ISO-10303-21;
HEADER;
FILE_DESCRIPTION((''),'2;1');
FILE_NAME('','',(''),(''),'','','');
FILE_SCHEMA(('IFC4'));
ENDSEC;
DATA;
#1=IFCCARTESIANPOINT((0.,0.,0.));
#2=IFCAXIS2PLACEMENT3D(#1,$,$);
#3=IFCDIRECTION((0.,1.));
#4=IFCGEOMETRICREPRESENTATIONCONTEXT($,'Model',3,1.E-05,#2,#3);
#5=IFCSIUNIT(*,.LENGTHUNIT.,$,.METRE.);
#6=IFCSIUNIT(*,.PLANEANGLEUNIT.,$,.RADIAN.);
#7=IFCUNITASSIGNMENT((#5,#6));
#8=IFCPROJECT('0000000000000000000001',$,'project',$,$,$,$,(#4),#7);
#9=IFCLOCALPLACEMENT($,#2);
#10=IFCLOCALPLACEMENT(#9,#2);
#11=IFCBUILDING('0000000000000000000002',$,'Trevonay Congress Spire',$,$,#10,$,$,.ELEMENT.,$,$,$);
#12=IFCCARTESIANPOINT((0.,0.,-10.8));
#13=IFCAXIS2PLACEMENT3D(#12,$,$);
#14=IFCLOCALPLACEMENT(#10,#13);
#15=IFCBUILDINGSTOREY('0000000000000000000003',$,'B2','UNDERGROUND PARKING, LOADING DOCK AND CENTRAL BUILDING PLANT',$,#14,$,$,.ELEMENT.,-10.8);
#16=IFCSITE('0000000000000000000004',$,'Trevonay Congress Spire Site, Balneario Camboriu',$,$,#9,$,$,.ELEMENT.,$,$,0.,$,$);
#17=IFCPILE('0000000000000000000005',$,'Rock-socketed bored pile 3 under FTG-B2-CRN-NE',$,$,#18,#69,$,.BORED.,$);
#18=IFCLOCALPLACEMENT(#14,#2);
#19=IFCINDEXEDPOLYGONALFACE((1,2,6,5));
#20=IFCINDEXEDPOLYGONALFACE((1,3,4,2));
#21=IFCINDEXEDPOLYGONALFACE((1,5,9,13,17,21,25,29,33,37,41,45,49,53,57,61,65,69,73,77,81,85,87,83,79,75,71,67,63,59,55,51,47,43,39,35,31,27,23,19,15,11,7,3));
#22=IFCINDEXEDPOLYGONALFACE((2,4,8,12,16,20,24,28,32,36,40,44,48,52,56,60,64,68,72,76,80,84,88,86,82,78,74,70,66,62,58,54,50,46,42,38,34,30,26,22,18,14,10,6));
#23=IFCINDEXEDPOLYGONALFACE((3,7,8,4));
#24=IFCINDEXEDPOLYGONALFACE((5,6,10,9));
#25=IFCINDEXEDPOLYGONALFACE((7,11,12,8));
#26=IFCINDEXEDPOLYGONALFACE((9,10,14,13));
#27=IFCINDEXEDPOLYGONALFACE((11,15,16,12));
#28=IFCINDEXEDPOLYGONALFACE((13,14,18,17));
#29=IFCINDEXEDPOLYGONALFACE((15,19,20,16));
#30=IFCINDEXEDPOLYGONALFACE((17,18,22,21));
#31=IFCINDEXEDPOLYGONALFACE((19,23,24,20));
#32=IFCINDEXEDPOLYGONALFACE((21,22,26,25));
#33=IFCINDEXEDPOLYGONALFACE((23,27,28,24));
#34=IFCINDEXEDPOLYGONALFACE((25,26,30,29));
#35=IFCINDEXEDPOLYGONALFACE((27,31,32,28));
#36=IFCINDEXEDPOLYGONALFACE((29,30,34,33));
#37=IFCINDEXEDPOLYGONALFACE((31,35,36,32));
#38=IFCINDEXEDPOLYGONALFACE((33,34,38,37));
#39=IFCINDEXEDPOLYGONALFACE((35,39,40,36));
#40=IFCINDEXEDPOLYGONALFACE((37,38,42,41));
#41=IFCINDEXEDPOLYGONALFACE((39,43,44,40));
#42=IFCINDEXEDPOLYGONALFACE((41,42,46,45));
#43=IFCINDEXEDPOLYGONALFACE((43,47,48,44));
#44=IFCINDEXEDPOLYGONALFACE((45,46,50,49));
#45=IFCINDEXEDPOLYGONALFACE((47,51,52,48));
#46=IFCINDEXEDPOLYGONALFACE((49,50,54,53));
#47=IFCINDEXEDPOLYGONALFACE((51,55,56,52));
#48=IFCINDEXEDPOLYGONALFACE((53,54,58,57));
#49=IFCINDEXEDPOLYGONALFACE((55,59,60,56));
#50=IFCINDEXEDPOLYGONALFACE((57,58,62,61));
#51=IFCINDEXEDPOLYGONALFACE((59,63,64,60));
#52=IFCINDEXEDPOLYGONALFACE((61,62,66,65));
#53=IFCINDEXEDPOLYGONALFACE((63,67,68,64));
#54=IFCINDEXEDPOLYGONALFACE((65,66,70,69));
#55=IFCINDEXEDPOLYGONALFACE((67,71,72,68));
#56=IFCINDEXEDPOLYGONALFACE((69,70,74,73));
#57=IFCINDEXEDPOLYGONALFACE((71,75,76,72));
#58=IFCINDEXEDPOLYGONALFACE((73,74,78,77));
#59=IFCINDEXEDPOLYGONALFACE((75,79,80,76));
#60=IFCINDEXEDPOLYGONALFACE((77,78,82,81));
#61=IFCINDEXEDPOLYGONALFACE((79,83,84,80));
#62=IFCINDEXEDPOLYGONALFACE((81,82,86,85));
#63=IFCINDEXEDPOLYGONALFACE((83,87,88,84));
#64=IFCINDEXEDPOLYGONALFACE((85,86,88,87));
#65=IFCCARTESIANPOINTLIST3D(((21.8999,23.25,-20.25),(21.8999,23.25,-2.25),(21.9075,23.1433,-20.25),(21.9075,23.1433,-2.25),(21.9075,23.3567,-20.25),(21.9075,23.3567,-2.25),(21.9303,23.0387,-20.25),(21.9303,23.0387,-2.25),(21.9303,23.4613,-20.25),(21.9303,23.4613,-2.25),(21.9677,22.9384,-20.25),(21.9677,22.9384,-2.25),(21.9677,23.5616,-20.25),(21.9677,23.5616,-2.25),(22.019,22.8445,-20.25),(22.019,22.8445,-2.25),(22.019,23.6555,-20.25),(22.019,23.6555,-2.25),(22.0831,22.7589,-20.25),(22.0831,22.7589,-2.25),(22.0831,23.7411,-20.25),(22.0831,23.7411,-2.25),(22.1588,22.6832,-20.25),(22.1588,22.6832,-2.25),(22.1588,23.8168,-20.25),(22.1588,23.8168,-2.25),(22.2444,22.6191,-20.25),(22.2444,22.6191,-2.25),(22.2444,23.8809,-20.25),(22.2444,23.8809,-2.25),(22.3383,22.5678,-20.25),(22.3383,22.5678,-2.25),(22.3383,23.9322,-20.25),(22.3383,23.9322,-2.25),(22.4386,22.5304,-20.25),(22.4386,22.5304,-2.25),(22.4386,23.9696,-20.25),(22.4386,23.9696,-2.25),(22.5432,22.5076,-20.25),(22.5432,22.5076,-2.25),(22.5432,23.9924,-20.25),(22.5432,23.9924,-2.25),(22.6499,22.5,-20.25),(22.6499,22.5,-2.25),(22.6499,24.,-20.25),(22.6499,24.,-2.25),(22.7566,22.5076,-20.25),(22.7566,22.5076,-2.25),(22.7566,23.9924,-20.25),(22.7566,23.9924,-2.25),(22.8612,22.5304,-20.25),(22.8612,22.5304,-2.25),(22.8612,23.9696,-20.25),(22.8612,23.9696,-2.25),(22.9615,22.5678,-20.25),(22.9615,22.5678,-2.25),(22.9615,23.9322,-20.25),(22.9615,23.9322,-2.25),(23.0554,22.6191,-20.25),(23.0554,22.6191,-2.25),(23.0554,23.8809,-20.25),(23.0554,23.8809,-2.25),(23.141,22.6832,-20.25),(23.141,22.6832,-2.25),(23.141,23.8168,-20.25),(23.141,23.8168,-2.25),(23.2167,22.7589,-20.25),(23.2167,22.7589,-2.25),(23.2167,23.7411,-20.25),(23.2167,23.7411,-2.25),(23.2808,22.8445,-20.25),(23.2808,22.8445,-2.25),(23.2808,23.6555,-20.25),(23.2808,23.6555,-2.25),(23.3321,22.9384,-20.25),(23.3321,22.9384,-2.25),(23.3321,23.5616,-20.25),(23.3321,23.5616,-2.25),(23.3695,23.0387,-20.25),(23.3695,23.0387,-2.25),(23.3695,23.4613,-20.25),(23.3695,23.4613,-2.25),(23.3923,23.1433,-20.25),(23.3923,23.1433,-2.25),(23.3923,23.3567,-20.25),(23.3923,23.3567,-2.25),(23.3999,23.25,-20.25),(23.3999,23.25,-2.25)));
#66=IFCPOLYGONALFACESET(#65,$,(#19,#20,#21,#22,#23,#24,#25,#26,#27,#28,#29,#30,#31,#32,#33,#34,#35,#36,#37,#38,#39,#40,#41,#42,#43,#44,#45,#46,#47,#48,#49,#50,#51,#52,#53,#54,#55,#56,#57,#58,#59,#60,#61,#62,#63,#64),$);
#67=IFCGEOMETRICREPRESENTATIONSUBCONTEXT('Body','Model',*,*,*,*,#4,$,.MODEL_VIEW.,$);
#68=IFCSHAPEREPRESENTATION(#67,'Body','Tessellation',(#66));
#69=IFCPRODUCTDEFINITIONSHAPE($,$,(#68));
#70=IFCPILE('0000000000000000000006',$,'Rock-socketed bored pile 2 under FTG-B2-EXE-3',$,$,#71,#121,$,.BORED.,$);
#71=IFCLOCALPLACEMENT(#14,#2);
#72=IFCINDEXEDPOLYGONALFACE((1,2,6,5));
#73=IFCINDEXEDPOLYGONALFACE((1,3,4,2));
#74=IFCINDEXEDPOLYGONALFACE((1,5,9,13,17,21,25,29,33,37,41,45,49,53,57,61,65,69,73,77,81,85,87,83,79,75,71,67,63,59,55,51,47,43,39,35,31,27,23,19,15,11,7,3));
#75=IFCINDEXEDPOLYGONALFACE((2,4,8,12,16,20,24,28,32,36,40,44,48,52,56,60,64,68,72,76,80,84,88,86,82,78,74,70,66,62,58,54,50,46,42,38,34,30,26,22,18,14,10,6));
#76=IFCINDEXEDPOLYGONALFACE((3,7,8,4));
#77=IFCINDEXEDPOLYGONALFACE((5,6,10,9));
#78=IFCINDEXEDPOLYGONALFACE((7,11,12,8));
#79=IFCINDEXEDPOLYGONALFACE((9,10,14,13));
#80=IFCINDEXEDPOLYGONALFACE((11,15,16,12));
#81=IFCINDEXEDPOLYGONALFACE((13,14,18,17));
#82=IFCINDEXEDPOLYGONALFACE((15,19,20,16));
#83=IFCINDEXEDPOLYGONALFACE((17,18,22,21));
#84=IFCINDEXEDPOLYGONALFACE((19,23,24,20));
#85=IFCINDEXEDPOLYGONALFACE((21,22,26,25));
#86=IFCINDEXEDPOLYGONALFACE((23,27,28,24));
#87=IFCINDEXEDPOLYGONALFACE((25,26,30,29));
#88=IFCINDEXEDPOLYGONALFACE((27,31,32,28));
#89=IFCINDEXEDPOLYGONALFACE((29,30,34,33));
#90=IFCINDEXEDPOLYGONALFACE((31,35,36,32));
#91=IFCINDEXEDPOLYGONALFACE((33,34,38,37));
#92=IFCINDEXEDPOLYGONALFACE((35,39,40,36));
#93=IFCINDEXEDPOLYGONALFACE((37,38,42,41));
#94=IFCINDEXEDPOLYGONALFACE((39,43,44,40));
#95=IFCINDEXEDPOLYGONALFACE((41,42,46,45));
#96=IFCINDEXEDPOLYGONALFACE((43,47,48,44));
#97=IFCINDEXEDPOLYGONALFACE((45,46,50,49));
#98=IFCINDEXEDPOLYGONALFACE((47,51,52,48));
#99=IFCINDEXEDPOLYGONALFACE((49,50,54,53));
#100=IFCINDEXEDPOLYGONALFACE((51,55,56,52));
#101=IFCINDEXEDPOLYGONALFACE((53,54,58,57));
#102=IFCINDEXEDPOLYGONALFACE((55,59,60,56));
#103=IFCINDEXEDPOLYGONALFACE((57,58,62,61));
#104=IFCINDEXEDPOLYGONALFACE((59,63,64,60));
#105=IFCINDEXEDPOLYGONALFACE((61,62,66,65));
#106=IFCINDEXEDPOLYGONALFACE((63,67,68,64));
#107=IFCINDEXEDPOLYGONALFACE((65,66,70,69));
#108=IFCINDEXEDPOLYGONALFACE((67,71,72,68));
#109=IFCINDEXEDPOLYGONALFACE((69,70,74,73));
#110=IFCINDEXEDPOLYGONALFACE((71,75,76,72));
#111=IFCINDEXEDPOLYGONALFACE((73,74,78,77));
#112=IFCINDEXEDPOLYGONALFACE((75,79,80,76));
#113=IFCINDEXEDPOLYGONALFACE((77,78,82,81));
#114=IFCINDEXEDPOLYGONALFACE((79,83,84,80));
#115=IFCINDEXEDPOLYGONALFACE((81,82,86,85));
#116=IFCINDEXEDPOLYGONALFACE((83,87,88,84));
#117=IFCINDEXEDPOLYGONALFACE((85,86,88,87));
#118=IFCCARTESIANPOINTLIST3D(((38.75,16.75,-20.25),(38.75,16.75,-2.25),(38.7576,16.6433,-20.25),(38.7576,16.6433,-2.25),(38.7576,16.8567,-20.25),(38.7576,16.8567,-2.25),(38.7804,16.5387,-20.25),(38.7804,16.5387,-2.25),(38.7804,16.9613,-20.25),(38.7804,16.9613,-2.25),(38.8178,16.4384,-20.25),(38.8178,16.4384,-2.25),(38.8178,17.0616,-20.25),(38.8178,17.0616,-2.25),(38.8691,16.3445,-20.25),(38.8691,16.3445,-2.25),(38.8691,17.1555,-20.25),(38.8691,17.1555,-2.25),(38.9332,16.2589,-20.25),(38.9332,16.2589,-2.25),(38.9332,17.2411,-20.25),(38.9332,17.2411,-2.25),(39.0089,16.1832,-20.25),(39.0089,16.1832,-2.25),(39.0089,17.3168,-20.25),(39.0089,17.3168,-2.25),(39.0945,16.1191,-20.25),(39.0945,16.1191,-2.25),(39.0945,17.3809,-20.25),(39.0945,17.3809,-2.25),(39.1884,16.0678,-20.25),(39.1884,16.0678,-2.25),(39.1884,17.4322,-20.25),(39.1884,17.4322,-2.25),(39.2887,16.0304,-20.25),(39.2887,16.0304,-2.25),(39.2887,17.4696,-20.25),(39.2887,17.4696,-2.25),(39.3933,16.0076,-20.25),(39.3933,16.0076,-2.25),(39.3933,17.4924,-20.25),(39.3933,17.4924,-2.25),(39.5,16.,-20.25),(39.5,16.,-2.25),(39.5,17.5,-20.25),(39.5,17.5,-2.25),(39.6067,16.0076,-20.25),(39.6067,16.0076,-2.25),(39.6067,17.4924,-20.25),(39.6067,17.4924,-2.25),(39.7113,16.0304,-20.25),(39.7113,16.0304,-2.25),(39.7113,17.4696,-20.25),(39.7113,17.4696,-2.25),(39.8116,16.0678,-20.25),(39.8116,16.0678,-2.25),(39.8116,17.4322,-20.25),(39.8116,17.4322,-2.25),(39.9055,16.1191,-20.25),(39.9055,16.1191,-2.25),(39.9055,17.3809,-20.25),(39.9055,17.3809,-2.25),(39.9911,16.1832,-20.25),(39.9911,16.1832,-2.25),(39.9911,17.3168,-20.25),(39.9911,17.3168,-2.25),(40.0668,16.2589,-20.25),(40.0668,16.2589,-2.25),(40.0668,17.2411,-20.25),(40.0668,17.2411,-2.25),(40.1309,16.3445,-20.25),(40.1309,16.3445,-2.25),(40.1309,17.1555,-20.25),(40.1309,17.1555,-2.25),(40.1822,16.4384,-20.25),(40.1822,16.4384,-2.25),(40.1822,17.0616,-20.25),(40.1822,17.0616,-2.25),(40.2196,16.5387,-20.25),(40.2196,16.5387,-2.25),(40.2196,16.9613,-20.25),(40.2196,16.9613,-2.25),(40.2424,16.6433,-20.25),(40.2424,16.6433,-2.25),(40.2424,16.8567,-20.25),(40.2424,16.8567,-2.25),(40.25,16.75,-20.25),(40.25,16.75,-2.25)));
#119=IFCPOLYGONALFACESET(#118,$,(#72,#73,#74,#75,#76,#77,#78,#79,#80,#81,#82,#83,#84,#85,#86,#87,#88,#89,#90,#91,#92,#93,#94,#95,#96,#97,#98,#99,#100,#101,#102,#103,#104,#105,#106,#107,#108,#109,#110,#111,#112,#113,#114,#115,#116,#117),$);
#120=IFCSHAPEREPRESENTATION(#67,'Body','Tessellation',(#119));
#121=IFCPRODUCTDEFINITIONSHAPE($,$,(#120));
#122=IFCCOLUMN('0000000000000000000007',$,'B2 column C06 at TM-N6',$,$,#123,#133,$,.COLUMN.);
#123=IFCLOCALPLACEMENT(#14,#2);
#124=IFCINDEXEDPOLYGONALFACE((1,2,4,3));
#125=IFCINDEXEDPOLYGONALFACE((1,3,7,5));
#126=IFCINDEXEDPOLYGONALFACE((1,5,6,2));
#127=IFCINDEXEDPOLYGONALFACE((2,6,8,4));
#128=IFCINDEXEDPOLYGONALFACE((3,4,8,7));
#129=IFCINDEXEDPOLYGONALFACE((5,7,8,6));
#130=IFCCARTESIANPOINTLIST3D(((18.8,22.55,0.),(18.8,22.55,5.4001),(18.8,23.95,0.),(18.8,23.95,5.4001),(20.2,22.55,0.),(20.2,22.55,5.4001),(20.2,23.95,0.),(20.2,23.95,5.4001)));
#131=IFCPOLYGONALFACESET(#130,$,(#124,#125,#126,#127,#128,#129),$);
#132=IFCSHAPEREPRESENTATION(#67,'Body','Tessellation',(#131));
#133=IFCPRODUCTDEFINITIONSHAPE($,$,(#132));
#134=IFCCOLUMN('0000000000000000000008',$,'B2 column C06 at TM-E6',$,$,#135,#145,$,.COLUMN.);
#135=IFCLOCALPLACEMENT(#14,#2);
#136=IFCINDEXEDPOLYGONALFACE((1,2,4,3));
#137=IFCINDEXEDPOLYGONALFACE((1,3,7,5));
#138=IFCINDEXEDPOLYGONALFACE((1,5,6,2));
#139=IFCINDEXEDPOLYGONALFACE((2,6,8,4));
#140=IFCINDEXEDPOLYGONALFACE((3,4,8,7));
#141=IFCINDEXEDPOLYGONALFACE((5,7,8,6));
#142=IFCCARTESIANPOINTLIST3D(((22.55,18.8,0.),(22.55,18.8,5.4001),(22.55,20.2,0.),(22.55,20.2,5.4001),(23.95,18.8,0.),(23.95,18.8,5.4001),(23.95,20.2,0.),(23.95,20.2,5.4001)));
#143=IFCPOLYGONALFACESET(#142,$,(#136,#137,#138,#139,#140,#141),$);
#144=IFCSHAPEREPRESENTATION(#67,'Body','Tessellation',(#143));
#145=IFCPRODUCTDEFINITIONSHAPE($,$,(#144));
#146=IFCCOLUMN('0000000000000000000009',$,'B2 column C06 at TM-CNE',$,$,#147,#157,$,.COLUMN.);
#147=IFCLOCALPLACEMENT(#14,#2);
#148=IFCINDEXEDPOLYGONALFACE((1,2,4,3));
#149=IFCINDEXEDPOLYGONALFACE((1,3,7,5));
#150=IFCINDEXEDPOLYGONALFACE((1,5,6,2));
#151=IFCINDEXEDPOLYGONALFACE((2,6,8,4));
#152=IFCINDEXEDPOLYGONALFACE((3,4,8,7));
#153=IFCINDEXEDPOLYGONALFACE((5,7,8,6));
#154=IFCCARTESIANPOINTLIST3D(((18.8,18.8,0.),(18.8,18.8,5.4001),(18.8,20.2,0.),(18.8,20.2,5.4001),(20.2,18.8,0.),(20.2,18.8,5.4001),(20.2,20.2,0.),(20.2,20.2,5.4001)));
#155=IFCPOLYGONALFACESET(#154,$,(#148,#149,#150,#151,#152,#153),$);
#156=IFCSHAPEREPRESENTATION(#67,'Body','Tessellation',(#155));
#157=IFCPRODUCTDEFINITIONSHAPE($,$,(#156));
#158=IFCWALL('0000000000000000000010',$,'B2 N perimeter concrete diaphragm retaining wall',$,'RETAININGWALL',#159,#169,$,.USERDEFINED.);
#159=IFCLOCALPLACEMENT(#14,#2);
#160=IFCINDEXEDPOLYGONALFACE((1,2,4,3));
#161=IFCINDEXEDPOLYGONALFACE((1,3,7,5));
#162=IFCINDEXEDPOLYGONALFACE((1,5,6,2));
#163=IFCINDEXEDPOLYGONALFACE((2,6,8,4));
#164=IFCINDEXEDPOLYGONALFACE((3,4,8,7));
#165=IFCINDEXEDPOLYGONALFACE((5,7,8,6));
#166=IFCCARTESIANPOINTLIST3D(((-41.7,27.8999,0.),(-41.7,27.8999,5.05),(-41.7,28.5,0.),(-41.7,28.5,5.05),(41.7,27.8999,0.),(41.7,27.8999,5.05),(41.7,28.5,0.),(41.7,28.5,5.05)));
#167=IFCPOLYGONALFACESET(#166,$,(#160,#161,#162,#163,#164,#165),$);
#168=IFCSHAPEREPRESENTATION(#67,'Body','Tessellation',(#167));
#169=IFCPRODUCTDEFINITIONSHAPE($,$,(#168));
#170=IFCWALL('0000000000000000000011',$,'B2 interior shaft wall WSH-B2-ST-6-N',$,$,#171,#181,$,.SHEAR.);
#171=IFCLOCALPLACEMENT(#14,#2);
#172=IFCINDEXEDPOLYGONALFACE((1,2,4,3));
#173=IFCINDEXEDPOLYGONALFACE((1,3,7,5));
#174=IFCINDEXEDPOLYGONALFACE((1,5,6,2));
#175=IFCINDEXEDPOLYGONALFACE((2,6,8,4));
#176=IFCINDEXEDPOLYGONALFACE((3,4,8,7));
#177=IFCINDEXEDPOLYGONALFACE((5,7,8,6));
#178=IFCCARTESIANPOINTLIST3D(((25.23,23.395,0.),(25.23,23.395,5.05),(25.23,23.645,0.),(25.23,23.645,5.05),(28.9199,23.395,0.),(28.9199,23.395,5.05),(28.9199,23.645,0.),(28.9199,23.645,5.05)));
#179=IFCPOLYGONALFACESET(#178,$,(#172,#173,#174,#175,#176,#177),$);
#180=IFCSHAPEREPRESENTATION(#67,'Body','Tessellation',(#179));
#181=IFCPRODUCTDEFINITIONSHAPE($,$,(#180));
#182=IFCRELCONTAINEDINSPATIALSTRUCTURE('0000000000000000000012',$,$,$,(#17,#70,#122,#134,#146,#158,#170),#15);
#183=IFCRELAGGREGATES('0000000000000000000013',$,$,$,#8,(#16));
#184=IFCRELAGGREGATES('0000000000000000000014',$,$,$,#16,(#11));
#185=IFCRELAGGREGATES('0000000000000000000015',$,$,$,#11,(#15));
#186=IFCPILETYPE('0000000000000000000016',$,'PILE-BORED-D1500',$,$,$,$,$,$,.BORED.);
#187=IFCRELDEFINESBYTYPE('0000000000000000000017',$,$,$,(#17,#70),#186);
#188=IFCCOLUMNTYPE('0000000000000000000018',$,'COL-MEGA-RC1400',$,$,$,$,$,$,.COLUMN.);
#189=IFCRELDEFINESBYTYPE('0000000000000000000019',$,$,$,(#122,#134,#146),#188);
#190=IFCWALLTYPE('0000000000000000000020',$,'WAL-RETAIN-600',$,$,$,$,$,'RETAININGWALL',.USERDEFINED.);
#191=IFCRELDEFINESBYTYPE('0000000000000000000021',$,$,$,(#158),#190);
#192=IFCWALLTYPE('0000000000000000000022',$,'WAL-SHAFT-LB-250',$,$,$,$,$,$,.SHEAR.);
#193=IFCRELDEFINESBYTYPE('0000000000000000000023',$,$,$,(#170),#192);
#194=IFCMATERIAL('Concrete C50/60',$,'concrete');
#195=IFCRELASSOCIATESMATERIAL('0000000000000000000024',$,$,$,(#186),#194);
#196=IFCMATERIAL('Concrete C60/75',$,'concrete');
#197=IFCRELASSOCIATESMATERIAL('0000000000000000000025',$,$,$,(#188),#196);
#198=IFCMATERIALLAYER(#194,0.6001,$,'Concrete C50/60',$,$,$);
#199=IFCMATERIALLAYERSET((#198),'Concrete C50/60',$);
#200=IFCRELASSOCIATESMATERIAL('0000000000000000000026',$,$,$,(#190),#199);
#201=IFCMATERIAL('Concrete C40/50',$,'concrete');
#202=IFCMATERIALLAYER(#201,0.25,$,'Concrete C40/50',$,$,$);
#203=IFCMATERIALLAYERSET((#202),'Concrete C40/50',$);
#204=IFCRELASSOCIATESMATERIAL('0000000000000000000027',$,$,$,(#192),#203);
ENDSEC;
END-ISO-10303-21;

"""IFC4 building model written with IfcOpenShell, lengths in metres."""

from ifc_helpers import new_model, si_unit, direction, frame, frame_2d, origin, origin_2d, place, context, subcontext, project, spatial, rectangle, circle, extrude, material, layer, layer_set, material_profile, profile_set, type_object, element, save


model = new_model("IFC4")

# Units and contexts
model_context = context("Model", 3, precision=1e-05, world=origin(), true_north=direction((0.0, 1.0)))
body_context = subcontext(model_context, "Body", "Model", "MODEL_VIEW")
ifc_project = project(units=[si_unit("LENGTHUNIT", "METRE"), si_unit("PLANEANGLEUNIT", "RADIAN")], contexts=[model_context])

# Site, building, storey
site_placement = place(None, origin())
site = spatial("IfcSite", under=ifc_project, at=site_placement, Name="Trevonay Congress Spire Site, Balneario Camboriu", CompositionType="ELEMENT", RefElevation=0.0)
building_placement = place(site_placement, origin())
building = spatial("IfcBuilding", under=site, at=building_placement, Name="Trevonay Congress Spire", CompositionType="ELEMENT")
storey_placement = place(building_placement, frame((0.0, 0.0, -10.8)))
storey = spatial("IfcBuildingStorey", under=building, at=storey_placement, Name="B2", Description="UNDERGROUND PARKING, LOADING DOCK AND CENTRAL BUILDING PLANT", CompositionType="ELEMENT", Elevation=-10.8)

# Shared definitions
ifc_material_1 = material(Name="Concrete C50/60", Category="concrete")

# Piles
ifc_material_profile_1 = material_profile(ifc_material_1, circle(Radius=0.75, at=origin_2d()), Name="PILE D1500")
ifc_profile_set_1 = profile_set([ifc_material_profile_1], Name="Concrete C50/60")
pile_type_1 = type_object("IfcPileType", Name="PILE-BORED-D1500", PredefinedType="BORED", material=ifc_profile_set_1)
for number, where, z_axis, x_axis, name in (
    (1, (22.6499, 23.25, -2.25), (0.0, 0.0, -1.0), (1.0, 0.0, 0.0), "Rock-socketed bored pile 3 under FTG-B2-CRN-NE"),
    (2, (39.5, 16.75, -2.25), (0.0, 0.0, -1.0), (1.0, 0.0, 0.0), "Rock-socketed bored pile 2 under FTG-B2-EXE-3"),
):
    element("IfcPile", number, at=place(storey_placement, frame(where, z_axis=z_axis, x_axis=x_axis)), inside=storey, type_object=pile_type_1, Name=name, PredefinedType="BORED", context=body_context, shape_type="SweptSolid", body=[
        extrude(circle(Radius=0.75, at=origin_2d()), origin(), (0.0, 0.0, 1.0), 18.0),
    ])

# Columns
ifc_material_2 = material(Name="Concrete C60/75", Category="concrete")
ifc_material_profile_2 = material_profile(ifc_material_2, rectangle(XDim=1.3999, YDim=1.3999, at=origin_2d()), Name="RC 1400x1400")
ifc_profile_set_2 = profile_set([ifc_material_profile_2], Name="Concrete C60/75")
column_type = type_object("IfcColumnType", Name="COL-MEGA-RC1400", PredefinedType="COLUMN", material=ifc_profile_set_2)
for number, where, z_axis, x_axis, name in (
    (3, (19.5, 23.25, 0.0), (0.0, 0.0, 1.0), (1.0, 0.0, 0.0), "B2 column C06 at TM-N6"),
    (4, (23.25, 19.5, 0.0), (0.0, 0.0, 1.0), (1.0, 0.0, 0.0), "B2 column C06 at TM-E6"),
    (5, (19.5, 19.5, 0.0), (0.0, 0.0, 1.0), (1.0, 0.0, 0.0), "B2 column C06 at TM-CNE"),
):
    element("IfcColumn", number, at=place(storey_placement, frame(where, z_axis=z_axis, x_axis=x_axis)), inside=storey, type_object=column_type, Name=name, PredefinedType="COLUMN", context=body_context, shape_type="SweptSolid", body=[
        extrude(rectangle(XDim=1.3999, YDim=1.3999, at=origin_2d()), origin(), (0.0, 0.0, 1.0), 5.4001),
    ])

# Walls
ifc_layer_1 = layer(ifc_material_1, 0.6001, Name="Concrete C50/60")
ifc_layer_set_1 = layer_set([ifc_layer_1], Name="Concrete C50/60")
wall_type_1 = type_object("IfcWallType", Name="WAL-RETAIN-600", ElementType="RETAININGWALL", PredefinedType="USERDEFINED", material=ifc_layer_set_1)
wall_1_placement = place(storey_placement, frame((41.7, 28.2, 0.0), z_axis=(0.0, 0.0, 1.0), x_axis=(-1.0, 0.0, 0.0)))
element("IfcWall", 6, at=wall_1_placement, inside=storey, type_object=wall_type_1, Name="B2 N perimeter concrete diaphragm retaining wall", ObjectType="RETAININGWALL", PredefinedType="USERDEFINED", context=body_context, shape_type="SweptSolid", body=[
    extrude(rectangle(XDim=83.3999, YDim=0.6001, at=frame_2d((41.7, 0.0))), origin(), (0.0, 0.0, 1.0), 5.05),
])
ifc_material_3 = material(Name="Concrete C40/50", Category="concrete")
ifc_layer_2 = layer(ifc_material_3, 0.25, Name="Concrete C40/50")
ifc_layer_set_2 = layer_set([ifc_layer_2], Name="Concrete C40/50")
wall_type_2 = type_object("IfcWallType", Name="WAL-SHAFT-LB-250", PredefinedType="SHEAR", material=ifc_layer_set_2)
wall_2_placement = place(storey_placement, frame((25.23, 23.52, 0.0), z_axis=(0.0, 0.0, 1.0), x_axis=(1.0, 0.0, 0.0)))
element("IfcWall", 7, at=wall_2_placement, inside=storey, type_object=wall_type_2, Name="B2 interior shaft wall WSH-B2-ST-6-N", PredefinedType="SHEAR", context=body_context, shape_type="SweptSolid", body=[
    extrude(rectangle(XDim=3.6899, YDim=0.25, at=frame_2d((1.845, 0.0))), origin(), (0.0, 0.0, 1.0), 5.05),
])

save(model, "model.ifc")
